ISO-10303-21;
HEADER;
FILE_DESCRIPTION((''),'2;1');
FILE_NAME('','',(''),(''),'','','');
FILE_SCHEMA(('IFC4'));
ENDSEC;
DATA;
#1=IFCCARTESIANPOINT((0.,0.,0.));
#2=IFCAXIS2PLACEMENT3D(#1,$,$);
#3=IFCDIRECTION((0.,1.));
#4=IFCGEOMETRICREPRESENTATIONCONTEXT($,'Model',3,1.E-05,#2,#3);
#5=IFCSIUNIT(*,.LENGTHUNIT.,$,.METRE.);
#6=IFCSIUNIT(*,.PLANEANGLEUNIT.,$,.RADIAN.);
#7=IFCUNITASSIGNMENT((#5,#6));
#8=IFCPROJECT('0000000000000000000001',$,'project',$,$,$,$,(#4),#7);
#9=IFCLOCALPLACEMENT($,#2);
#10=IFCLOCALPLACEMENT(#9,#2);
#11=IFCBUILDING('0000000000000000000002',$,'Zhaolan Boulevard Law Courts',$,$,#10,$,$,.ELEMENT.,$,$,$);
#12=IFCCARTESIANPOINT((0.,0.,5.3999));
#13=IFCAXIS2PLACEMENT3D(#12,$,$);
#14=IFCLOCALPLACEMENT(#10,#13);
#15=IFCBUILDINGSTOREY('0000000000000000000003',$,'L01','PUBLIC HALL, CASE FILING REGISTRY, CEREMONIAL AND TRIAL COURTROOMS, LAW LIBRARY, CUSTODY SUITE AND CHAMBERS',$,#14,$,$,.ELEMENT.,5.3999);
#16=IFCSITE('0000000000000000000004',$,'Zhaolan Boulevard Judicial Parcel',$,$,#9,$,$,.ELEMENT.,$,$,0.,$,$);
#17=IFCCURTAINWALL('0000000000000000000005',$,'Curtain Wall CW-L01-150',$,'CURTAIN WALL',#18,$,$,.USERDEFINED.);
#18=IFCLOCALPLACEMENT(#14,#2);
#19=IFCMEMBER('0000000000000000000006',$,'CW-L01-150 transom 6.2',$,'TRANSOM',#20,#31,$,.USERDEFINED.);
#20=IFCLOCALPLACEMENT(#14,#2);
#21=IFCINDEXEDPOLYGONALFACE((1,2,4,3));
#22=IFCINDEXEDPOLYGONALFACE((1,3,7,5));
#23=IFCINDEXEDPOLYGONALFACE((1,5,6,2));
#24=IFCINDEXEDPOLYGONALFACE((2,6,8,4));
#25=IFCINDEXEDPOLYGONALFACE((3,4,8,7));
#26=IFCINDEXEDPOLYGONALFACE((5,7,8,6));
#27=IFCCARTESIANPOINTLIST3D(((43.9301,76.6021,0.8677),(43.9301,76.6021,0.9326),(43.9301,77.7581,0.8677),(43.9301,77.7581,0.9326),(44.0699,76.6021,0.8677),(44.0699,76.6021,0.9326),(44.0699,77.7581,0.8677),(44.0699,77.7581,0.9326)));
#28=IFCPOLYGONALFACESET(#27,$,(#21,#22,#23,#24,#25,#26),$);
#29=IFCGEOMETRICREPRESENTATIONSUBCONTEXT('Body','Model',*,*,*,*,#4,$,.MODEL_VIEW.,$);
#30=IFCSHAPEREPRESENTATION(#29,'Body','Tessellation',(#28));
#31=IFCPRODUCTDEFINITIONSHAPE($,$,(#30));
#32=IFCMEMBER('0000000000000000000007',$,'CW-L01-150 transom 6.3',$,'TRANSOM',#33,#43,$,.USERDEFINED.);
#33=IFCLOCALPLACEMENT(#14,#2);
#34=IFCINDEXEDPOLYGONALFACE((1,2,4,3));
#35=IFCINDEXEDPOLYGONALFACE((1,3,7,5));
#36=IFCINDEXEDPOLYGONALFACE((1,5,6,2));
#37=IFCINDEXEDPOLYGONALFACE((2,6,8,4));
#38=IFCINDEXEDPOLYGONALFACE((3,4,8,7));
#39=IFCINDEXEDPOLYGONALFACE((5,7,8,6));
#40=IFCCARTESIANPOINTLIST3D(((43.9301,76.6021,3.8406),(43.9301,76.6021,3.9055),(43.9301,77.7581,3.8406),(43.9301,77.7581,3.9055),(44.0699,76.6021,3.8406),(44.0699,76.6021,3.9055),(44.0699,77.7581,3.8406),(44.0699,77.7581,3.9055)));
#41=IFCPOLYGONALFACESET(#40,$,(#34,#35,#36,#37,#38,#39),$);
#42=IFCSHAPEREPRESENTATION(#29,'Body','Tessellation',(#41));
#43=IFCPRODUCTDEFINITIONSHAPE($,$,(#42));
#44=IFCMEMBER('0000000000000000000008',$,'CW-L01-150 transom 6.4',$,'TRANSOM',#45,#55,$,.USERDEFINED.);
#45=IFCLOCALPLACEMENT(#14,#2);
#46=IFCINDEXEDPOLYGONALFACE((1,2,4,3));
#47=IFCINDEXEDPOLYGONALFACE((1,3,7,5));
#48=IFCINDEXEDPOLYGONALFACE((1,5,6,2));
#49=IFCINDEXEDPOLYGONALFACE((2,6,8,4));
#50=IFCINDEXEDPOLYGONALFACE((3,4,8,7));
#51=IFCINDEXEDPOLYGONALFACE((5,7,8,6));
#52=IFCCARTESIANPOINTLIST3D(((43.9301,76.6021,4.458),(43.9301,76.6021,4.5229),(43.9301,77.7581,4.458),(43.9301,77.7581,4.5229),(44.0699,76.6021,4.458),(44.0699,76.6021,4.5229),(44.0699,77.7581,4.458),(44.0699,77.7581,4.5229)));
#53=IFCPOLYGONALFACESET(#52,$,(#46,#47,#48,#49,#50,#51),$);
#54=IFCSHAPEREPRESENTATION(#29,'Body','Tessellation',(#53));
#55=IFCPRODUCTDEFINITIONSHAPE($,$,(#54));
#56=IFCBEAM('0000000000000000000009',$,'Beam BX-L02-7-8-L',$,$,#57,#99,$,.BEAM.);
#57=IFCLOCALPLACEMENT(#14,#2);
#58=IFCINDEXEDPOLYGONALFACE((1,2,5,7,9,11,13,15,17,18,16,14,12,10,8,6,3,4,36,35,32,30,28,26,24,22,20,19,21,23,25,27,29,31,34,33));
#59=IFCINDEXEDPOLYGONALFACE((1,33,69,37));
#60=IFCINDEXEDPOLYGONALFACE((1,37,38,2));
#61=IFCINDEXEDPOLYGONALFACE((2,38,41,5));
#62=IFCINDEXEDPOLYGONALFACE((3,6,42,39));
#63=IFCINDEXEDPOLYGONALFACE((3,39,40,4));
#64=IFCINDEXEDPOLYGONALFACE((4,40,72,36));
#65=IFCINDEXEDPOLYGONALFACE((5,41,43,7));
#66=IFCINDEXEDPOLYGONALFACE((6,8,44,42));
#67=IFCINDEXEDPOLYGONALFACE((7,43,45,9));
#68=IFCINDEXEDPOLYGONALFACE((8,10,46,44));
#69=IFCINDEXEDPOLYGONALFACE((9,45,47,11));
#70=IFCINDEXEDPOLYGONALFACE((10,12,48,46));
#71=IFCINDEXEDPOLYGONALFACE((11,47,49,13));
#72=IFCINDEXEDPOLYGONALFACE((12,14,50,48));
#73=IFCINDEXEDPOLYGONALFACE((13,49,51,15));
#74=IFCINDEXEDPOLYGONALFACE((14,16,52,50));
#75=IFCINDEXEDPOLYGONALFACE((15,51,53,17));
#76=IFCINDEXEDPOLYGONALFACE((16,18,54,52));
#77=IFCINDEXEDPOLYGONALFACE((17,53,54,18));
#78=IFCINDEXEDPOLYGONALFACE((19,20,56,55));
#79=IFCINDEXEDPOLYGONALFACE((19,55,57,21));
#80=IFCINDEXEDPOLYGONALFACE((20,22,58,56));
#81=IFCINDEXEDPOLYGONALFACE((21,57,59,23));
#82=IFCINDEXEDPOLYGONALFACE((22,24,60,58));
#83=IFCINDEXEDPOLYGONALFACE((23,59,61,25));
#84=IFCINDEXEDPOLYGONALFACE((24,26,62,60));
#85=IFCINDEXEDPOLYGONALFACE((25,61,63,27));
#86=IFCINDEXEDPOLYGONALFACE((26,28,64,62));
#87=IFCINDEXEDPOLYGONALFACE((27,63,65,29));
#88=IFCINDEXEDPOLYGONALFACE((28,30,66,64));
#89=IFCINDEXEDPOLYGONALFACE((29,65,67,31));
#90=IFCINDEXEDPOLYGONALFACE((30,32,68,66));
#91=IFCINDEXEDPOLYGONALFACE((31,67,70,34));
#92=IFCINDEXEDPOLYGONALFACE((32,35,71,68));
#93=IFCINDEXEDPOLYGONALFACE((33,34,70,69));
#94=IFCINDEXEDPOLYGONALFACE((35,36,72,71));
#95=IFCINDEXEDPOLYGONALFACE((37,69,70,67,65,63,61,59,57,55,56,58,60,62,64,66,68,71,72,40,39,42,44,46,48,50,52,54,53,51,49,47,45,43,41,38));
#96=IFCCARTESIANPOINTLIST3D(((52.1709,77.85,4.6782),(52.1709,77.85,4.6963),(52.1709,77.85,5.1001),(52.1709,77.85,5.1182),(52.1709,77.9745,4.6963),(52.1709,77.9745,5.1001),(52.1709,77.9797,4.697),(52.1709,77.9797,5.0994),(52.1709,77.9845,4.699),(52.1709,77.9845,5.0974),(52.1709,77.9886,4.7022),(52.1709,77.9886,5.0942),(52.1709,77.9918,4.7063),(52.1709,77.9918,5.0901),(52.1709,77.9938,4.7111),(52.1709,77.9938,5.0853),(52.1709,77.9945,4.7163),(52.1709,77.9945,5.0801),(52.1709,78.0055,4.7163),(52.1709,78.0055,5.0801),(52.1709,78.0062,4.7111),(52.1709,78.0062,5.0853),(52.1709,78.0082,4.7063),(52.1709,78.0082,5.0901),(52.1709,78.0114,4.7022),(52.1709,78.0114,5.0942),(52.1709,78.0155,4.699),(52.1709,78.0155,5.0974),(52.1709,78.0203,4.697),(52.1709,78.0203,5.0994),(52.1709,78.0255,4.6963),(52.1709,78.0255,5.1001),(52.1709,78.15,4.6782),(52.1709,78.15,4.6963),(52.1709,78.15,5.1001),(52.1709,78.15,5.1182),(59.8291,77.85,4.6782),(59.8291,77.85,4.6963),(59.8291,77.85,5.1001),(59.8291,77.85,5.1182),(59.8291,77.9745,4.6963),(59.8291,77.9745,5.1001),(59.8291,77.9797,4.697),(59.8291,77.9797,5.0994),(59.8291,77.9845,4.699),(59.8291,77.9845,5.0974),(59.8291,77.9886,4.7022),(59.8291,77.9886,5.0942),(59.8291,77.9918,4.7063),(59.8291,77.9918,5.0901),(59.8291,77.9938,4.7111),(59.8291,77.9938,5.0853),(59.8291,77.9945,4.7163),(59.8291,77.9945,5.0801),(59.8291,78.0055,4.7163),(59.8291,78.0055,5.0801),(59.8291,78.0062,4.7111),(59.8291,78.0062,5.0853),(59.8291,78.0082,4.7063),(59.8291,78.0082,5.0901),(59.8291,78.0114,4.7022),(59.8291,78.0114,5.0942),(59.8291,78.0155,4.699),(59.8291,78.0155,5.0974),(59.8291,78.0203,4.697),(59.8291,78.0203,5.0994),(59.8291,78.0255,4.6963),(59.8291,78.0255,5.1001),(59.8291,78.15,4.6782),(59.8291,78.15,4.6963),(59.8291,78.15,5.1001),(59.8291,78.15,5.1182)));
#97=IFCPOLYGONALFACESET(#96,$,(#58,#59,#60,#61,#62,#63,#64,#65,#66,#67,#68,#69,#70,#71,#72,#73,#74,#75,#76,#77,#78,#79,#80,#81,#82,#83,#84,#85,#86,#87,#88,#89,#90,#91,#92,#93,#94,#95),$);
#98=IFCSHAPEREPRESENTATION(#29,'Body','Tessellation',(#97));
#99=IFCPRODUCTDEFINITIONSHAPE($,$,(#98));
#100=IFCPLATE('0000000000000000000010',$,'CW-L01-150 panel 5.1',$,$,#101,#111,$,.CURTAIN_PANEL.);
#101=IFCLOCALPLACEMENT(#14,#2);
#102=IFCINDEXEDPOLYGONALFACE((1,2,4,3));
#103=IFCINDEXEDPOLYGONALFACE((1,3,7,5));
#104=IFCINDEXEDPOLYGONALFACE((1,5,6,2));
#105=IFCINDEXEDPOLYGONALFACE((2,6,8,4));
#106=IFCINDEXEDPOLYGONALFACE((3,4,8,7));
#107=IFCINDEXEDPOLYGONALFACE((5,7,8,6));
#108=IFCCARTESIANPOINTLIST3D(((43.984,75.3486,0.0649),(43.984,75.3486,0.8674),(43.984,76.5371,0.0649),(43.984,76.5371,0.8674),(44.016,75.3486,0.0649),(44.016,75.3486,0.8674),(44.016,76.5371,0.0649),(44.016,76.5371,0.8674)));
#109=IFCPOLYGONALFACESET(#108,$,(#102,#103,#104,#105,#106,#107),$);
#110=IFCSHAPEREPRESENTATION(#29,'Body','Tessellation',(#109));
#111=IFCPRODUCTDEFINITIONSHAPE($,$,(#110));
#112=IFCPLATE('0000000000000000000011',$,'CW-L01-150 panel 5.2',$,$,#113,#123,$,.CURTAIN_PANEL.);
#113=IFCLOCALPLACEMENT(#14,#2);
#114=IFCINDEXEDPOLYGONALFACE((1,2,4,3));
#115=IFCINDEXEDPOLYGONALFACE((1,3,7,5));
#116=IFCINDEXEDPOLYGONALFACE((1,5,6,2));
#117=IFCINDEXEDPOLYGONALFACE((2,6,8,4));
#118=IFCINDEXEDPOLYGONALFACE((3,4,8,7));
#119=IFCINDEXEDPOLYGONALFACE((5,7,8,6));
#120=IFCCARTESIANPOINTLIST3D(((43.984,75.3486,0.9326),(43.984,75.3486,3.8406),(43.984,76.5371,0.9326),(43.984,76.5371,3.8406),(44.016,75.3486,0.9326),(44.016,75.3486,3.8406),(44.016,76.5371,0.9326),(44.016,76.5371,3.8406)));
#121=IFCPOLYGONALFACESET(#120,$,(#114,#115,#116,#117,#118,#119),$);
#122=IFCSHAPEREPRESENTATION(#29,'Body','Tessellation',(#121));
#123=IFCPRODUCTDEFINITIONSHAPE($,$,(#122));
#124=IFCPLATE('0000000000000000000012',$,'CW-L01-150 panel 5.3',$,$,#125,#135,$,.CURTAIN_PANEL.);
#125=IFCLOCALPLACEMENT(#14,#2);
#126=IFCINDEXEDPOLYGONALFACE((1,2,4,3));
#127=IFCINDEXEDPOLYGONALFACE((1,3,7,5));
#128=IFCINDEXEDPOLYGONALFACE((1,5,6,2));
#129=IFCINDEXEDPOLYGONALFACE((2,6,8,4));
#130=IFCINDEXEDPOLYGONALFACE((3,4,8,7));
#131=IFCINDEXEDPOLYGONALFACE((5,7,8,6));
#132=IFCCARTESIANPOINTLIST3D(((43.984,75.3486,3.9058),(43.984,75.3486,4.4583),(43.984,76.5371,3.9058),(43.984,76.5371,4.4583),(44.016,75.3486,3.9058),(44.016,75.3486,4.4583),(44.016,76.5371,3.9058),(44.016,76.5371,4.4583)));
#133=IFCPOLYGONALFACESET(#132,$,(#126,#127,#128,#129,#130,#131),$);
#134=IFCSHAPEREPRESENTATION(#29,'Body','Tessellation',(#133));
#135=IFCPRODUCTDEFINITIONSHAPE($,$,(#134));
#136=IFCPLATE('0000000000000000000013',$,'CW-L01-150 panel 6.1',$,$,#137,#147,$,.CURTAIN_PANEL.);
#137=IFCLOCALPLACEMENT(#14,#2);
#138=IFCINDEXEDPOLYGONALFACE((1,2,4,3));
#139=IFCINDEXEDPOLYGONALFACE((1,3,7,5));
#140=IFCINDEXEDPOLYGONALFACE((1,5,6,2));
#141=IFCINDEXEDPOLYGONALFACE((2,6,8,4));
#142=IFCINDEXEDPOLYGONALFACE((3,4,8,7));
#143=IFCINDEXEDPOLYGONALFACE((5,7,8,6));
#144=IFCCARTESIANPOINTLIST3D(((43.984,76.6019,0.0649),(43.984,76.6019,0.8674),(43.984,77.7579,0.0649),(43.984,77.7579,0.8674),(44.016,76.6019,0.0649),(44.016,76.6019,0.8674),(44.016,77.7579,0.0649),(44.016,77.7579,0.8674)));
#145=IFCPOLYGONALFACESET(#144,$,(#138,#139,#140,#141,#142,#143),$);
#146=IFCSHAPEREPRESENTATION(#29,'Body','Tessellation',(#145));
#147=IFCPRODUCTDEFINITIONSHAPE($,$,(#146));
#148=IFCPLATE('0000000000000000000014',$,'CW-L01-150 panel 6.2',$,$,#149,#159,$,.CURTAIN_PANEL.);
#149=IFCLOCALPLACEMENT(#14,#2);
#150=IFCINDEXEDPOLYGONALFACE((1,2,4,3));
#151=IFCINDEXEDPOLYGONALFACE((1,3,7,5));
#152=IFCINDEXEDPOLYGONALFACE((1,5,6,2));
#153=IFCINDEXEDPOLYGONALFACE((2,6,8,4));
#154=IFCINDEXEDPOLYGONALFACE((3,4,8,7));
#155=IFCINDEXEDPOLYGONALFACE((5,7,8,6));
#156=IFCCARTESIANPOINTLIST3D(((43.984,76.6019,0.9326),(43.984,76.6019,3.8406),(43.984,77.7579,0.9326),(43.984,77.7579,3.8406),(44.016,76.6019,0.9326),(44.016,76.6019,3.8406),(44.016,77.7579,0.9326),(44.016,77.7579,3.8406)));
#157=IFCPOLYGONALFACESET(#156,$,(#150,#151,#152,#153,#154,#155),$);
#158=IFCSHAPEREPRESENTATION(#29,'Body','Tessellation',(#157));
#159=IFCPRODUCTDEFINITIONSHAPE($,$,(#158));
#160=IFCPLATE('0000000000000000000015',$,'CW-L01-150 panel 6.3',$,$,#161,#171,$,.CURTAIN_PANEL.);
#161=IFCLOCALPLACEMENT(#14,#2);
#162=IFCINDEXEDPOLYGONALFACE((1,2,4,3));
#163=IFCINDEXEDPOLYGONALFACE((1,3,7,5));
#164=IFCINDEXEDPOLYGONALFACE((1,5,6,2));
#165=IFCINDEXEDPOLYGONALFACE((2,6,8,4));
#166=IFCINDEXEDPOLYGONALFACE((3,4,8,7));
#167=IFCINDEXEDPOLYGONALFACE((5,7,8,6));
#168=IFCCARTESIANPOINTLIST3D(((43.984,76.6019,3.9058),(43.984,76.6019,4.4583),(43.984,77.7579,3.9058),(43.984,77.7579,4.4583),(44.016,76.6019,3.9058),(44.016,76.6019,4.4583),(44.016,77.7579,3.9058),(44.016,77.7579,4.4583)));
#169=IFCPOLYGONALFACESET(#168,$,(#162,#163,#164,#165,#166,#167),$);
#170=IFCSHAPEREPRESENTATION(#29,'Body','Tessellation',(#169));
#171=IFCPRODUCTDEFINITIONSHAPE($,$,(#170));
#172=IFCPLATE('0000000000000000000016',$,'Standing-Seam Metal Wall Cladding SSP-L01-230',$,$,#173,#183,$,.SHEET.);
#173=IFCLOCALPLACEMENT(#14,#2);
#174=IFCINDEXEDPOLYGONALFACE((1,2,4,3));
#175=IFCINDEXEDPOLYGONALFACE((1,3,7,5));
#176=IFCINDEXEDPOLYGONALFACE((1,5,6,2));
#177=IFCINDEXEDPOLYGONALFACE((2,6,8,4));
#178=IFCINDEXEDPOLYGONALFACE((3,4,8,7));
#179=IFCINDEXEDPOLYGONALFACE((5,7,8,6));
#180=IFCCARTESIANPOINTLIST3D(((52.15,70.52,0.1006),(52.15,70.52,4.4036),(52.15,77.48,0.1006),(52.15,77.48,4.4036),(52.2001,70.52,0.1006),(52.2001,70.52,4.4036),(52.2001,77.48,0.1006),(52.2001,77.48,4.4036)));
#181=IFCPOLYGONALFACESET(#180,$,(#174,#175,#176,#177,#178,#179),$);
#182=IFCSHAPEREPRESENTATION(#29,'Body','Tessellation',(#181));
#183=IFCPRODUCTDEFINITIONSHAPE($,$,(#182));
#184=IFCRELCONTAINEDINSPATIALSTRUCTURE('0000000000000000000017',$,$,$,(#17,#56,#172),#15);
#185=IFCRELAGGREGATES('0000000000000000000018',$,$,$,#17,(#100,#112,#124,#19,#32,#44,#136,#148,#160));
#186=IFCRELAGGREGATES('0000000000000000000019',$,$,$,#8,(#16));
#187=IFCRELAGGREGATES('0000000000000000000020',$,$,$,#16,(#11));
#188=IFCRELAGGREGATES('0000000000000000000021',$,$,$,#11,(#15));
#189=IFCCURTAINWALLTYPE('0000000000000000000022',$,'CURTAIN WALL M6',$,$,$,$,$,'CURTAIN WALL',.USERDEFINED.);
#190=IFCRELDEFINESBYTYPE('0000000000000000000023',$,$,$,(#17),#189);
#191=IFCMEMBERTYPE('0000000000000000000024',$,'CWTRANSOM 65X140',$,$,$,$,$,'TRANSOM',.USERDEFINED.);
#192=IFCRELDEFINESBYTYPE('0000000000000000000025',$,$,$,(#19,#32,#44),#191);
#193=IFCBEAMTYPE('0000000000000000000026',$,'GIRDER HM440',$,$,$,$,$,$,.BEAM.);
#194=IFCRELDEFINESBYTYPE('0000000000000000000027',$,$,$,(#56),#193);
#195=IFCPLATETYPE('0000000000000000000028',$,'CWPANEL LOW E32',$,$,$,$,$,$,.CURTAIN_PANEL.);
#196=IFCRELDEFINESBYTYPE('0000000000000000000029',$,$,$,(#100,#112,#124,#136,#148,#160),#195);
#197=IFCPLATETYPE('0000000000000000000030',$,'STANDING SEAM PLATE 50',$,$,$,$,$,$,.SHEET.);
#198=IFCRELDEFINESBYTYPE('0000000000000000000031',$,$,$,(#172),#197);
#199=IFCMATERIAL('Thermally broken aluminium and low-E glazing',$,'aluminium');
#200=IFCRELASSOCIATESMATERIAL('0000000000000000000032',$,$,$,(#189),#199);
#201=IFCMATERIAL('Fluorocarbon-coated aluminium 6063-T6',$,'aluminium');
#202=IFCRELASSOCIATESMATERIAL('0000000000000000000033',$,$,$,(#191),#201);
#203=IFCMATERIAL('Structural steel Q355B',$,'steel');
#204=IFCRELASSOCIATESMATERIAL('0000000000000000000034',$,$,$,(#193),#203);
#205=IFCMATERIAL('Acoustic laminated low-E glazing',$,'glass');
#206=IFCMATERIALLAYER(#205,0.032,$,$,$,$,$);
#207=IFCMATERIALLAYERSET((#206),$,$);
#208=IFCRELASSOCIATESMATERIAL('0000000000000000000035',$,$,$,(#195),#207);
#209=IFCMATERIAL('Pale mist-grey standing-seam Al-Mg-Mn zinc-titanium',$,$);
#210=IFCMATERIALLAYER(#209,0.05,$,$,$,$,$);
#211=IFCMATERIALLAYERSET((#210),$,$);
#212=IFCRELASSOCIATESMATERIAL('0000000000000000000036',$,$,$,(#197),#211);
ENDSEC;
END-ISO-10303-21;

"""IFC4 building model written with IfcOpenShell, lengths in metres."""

from ifc_helpers import new_model, si_unit, direction, frame, origin, origin_2d, place, context, subcontext, project, spatial, rectangle, i_section, extrude, material, layer, layer_set, material_profile, profile_set, type_object, element, aggregate, save


model = new_model("IFC4")

# Units and contexts
model_context = context("Model", 3, precision=1e-05, world=origin(), true_north=direction((0.0, 1.0)))
body_context = subcontext(model_context, "Body", "Model", "MODEL_VIEW")
ifc_project = project(units=[si_unit("LENGTHUNIT", "METRE"), si_unit("PLANEANGLEUNIT", "RADIAN")], contexts=[model_context])

# Site, building, storey
site_placement = place(None, origin())
site = spatial("IfcSite", under=ifc_project, at=site_placement, Name="Zhaolan Boulevard Judicial Parcel", CompositionType="ELEMENT", RefElevation=0.0)
building_placement = place(site_placement, origin())
building = spatial("IfcBuilding", under=site, at=building_placement, Name="Zhaolan Boulevard Law Courts", CompositionType="ELEMENT")
storey_placement = place(building_placement, frame((0.0, 0.0, 5.3999)))
storey = spatial("IfcBuildingStorey", under=building, at=storey_placement, Name="L01", Description="PUBLIC HALL, CASE FILING REGISTRY, CEREMONIAL AND TRIAL COURTROOMS, LAW LIBRARY, CUSTODY SUITE AND CHAMBERS", CompositionType="ELEMENT", Elevation=5.3999)

# Curtain wall, members
ifc_material_1 = material(Name="Thermally broken aluminium and low-E glazing", Category="aluminium")
curtain_wall_type = type_object("IfcCurtainWallType", Name="CURTAIN WALL M6", ElementType="CURTAIN WALL", PredefinedType="USERDEFINED", material=ifc_material_1)
curtain_wall_placement = place(storey_placement, origin())
curtain_wall = element("IfcCurtainWall", 1, at=curtain_wall_placement, inside=storey, type_object=curtain_wall_type, Name="Curtain Wall CW-L01-150", ObjectType="CURTAIN WALL", PredefinedType="USERDEFINED")
ifc_material_2 = material(Name="Fluorocarbon-coated aluminium 6063-T6", Category="aluminium")
ifc_material_profile_1 = material_profile(ifc_material_2, rectangle(XDim=0.1399, YDim=0.0649, at=origin_2d()), Name="AL65x140")
ifc_profile_set_1 = profile_set([ifc_material_profile_1], Name="Fluorocarbon-coated aluminium 6063-T6")
member_type_1 = type_object("IfcMemberType", Name="CWTRANSOM 65X140", ElementType="TRANSOM", PredefinedType="USERDEFINED", material=ifc_profile_set_1)
member_1_placement = place(storey_placement, frame((44.0, 76.6021, 0.9001), z_axis=(0.0, 1.0, 0.0), x_axis=(-1.0, 0.0, 0.0)))
member_1 = element("IfcMember", 2, at=member_1_placement, type_object=member_type_1, Name="CW-L01-150 transom 6.2", ObjectType="TRANSOM", PredefinedType="USERDEFINED", context=body_context, shape_type="SweptSolid", body=[
    extrude(rectangle(XDim=0.1399, YDim=0.0649, at=origin_2d()), origin(), (0.0, 0.0, 1.0), 1.156),
])
member_2_placement = place(storey_placement, frame((44.0, 76.6021, 3.873), z_axis=(0.0, 1.0, 0.0), x_axis=(-1.0, 0.0, 0.0)))
member_2 = element("IfcMember", 3, at=member_2_placement, type_object=member_type_1, Name="CW-L01-150 transom 6.3", ObjectType="TRANSOM", PredefinedType="USERDEFINED", context=body_context, shape_type="SweptSolid", body=[
    extrude(rectangle(XDim=0.1399, YDim=0.0649, at=origin_2d()), origin(), (0.0, 0.0, 1.0), 1.156),
])
member_3_placement = place(storey_placement, frame((44.0, 76.6021, 4.4905), z_axis=(0.0, 1.0, 0.0), x_axis=(-1.0, 0.0, 0.0)))
member_3 = element("IfcMember", 4, at=member_3_placement, type_object=member_type_1, Name="CW-L01-150 transom 6.4", ObjectType="TRANSOM", PredefinedType="USERDEFINED", context=body_context, shape_type="SweptSolid", body=[
    extrude(rectangle(XDim=0.1399, YDim=0.0649, at=origin_2d()), origin(), (0.0, 0.0, 1.0), 1.156),
])

# Beam
ifc_material_3 = material(Name="Structural steel Q355B", Category="steel")
ifc_material_profile_2 = material_profile(ifc_material_3, i_section(OverallWidth=0.3, OverallDepth=0.4399, WebThickness=0.011, FlangeThickness=0.0181, FilletRadius=0.02, at=origin_2d()), Name="HM440x300")
ifc_profile_set_2 = profile_set([ifc_material_profile_2], Name="Structural steel Q355B")
beam_type = type_object("IfcBeamType", Name="GIRDER HM440", PredefinedType="BEAM", material=ifc_profile_set_2)
beam_placement = place(storey_placement, frame((52.1709, 78.0, 4.8982), z_axis=(1.0, 0.0, 0.0), x_axis=(0.0, 1.0, 0.0)))
element("IfcBeam", 5, at=beam_placement, inside=storey, type_object=beam_type, Name="Beam BX-L02-7-8-L", PredefinedType="BEAM", context=body_context, shape_type="SweptSolid", body=[
    extrude(i_section(OverallWidth=0.3, OverallDepth=0.4399, WebThickness=0.011, FlangeThickness=0.0181, FilletRadius=0.02, at=origin_2d()), origin(), (0.0, 0.0, 1.0), 7.6582),
])

# Plates
ifc_material_4 = material(Name="Acoustic laminated low-E glazing", Category="glass")
ifc_layer_1 = layer(ifc_material_4, 0.032)
ifc_layer_set_1 = layer_set([ifc_layer_1])
plate_type_1 = type_object("IfcPlateType", Name="CWPANEL LOW E32", PredefinedType="CURTAIN_PANEL", material=ifc_layer_set_1)
plate_1_placement = place(storey_placement, frame((44.0, 75.9429, 0.0649), z_axis=(0.0, 0.0, 1.0), x_axis=(0.0, 1.0, 0.0)))
plate_1 = element("IfcPlate", 6, at=plate_1_placement, type_object=plate_type_1, Name="CW-L01-150 panel 5.1", PredefinedType="CURTAIN_PANEL", context=body_context, shape_type="SweptSolid", body=[
    extrude(rectangle(XDim=1.1885, YDim=0.032, at=origin_2d()), origin(), (0.0, 0.0, 1.0), 0.8025),
])
plate_2_placement = place(storey_placement, frame((44.0, 75.9429, 0.9326), z_axis=(0.0, 0.0, 1.0), x_axis=(0.0, 1.0, 0.0)))
plate_2 = element("IfcPlate", 7, at=plate_2_placement, type_object=plate_type_1, Name="CW-L01-150 panel 5.2", PredefinedType="CURTAIN_PANEL", context=body_context, shape_type="SweptSolid", body=[
    extrude(rectangle(XDim=1.1885, YDim=0.032, at=origin_2d()), origin(), (0.0, 0.0, 1.0), 2.908),
])
plate_3_placement = place(storey_placement, frame((44.0, 75.9429, 3.9058), z_axis=(0.0, 0.0, 1.0), x_axis=(0.0, 1.0, 0.0)))
plate_3 = element("IfcPlate", 8, at=plate_3_placement, type_object=plate_type_1, Name="CW-L01-150 panel 5.3", PredefinedType="CURTAIN_PANEL", context=body_context, shape_type="SweptSolid", body=[
    extrude(rectangle(XDim=1.1885, YDim=0.032, at=origin_2d()), origin(), (0.0, 0.0, 1.0), 0.5525),
])
plate_4_placement = place(storey_placement, frame((44.0, 77.1799, 0.0649), z_axis=(0.0, 0.0, 1.0), x_axis=(0.0, 1.0, 0.0)))
plate_4 = element("IfcPlate", 9, at=plate_4_placement, type_object=plate_type_1, Name="CW-L01-150 panel 6.1", PredefinedType="CURTAIN_PANEL", context=body_context, shape_type="SweptSolid", body=[
    extrude(rectangle(XDim=1.156, YDim=0.032, at=origin_2d()), origin(), (0.0, 0.0, 1.0), 0.8025),
])
plate_5_placement = place(storey_placement, frame((44.0, 77.1799, 0.9326), z_axis=(0.0, 0.0, 1.0), x_axis=(0.0, 1.0, 0.0)))
plate_5 = element("IfcPlate", 10, at=plate_5_placement, type_object=plate_type_1, Name="CW-L01-150 panel 6.2", PredefinedType="CURTAIN_PANEL", context=body_context, shape_type="SweptSolid", body=[
    extrude(rectangle(XDim=1.156, YDim=0.032, at=origin_2d()), origin(), (0.0, 0.0, 1.0), 2.908),
])
plate_6_placement = place(storey_placement, frame((44.0, 77.1799, 3.9058), z_axis=(0.0, 0.0, 1.0), x_axis=(0.0, 1.0, 0.0)))
plate_6 = element("IfcPlate", 11, at=plate_6_placement, type_object=plate_type_1, Name="CW-L01-150 panel 6.3", PredefinedType="CURTAIN_PANEL", context=body_context, shape_type="SweptSolid", body=[
    extrude(rectangle(XDim=1.156, YDim=0.032, at=origin_2d()), origin(), (0.0, 0.0, 1.0), 0.5525),
])
aggregate(curtain_wall, [plate_1, plate_2, plate_3, member_1, member_2, member_3, plate_4, plate_5, plate_6])
ifc_material_5 = material(Name="Pale mist-grey standing-seam Al-Mg-Mn zinc-titanium")
ifc_layer_2 = layer(ifc_material_5, 0.05)
ifc_layer_set_2 = layer_set([ifc_layer_2])
plate_type_2 = type_object("IfcPlateType", Name="STANDING SEAM PLATE 50", PredefinedType="SHEET", material=ifc_layer_set_2)
plate_7_placement = place(storey_placement, frame((52.175, 74.0, 0.1006), z_axis=(0.0, 0.0, 1.0), x_axis=(0.0, -1.0, 0.0)))
element("IfcPlate", 12, at=plate_7_placement, inside=storey, type_object=plate_type_2, Name="Standing-Seam Metal Wall Cladding SSP-L01-230", PredefinedType="SHEET", context=body_context, shape_type="SweptSolid", body=[
    extrude(rectangle(XDim=6.96, YDim=0.05, at=origin_2d()), origin(), (0.0, 0.0, 1.0), 4.303),
])

save(model, "model.ifc")
